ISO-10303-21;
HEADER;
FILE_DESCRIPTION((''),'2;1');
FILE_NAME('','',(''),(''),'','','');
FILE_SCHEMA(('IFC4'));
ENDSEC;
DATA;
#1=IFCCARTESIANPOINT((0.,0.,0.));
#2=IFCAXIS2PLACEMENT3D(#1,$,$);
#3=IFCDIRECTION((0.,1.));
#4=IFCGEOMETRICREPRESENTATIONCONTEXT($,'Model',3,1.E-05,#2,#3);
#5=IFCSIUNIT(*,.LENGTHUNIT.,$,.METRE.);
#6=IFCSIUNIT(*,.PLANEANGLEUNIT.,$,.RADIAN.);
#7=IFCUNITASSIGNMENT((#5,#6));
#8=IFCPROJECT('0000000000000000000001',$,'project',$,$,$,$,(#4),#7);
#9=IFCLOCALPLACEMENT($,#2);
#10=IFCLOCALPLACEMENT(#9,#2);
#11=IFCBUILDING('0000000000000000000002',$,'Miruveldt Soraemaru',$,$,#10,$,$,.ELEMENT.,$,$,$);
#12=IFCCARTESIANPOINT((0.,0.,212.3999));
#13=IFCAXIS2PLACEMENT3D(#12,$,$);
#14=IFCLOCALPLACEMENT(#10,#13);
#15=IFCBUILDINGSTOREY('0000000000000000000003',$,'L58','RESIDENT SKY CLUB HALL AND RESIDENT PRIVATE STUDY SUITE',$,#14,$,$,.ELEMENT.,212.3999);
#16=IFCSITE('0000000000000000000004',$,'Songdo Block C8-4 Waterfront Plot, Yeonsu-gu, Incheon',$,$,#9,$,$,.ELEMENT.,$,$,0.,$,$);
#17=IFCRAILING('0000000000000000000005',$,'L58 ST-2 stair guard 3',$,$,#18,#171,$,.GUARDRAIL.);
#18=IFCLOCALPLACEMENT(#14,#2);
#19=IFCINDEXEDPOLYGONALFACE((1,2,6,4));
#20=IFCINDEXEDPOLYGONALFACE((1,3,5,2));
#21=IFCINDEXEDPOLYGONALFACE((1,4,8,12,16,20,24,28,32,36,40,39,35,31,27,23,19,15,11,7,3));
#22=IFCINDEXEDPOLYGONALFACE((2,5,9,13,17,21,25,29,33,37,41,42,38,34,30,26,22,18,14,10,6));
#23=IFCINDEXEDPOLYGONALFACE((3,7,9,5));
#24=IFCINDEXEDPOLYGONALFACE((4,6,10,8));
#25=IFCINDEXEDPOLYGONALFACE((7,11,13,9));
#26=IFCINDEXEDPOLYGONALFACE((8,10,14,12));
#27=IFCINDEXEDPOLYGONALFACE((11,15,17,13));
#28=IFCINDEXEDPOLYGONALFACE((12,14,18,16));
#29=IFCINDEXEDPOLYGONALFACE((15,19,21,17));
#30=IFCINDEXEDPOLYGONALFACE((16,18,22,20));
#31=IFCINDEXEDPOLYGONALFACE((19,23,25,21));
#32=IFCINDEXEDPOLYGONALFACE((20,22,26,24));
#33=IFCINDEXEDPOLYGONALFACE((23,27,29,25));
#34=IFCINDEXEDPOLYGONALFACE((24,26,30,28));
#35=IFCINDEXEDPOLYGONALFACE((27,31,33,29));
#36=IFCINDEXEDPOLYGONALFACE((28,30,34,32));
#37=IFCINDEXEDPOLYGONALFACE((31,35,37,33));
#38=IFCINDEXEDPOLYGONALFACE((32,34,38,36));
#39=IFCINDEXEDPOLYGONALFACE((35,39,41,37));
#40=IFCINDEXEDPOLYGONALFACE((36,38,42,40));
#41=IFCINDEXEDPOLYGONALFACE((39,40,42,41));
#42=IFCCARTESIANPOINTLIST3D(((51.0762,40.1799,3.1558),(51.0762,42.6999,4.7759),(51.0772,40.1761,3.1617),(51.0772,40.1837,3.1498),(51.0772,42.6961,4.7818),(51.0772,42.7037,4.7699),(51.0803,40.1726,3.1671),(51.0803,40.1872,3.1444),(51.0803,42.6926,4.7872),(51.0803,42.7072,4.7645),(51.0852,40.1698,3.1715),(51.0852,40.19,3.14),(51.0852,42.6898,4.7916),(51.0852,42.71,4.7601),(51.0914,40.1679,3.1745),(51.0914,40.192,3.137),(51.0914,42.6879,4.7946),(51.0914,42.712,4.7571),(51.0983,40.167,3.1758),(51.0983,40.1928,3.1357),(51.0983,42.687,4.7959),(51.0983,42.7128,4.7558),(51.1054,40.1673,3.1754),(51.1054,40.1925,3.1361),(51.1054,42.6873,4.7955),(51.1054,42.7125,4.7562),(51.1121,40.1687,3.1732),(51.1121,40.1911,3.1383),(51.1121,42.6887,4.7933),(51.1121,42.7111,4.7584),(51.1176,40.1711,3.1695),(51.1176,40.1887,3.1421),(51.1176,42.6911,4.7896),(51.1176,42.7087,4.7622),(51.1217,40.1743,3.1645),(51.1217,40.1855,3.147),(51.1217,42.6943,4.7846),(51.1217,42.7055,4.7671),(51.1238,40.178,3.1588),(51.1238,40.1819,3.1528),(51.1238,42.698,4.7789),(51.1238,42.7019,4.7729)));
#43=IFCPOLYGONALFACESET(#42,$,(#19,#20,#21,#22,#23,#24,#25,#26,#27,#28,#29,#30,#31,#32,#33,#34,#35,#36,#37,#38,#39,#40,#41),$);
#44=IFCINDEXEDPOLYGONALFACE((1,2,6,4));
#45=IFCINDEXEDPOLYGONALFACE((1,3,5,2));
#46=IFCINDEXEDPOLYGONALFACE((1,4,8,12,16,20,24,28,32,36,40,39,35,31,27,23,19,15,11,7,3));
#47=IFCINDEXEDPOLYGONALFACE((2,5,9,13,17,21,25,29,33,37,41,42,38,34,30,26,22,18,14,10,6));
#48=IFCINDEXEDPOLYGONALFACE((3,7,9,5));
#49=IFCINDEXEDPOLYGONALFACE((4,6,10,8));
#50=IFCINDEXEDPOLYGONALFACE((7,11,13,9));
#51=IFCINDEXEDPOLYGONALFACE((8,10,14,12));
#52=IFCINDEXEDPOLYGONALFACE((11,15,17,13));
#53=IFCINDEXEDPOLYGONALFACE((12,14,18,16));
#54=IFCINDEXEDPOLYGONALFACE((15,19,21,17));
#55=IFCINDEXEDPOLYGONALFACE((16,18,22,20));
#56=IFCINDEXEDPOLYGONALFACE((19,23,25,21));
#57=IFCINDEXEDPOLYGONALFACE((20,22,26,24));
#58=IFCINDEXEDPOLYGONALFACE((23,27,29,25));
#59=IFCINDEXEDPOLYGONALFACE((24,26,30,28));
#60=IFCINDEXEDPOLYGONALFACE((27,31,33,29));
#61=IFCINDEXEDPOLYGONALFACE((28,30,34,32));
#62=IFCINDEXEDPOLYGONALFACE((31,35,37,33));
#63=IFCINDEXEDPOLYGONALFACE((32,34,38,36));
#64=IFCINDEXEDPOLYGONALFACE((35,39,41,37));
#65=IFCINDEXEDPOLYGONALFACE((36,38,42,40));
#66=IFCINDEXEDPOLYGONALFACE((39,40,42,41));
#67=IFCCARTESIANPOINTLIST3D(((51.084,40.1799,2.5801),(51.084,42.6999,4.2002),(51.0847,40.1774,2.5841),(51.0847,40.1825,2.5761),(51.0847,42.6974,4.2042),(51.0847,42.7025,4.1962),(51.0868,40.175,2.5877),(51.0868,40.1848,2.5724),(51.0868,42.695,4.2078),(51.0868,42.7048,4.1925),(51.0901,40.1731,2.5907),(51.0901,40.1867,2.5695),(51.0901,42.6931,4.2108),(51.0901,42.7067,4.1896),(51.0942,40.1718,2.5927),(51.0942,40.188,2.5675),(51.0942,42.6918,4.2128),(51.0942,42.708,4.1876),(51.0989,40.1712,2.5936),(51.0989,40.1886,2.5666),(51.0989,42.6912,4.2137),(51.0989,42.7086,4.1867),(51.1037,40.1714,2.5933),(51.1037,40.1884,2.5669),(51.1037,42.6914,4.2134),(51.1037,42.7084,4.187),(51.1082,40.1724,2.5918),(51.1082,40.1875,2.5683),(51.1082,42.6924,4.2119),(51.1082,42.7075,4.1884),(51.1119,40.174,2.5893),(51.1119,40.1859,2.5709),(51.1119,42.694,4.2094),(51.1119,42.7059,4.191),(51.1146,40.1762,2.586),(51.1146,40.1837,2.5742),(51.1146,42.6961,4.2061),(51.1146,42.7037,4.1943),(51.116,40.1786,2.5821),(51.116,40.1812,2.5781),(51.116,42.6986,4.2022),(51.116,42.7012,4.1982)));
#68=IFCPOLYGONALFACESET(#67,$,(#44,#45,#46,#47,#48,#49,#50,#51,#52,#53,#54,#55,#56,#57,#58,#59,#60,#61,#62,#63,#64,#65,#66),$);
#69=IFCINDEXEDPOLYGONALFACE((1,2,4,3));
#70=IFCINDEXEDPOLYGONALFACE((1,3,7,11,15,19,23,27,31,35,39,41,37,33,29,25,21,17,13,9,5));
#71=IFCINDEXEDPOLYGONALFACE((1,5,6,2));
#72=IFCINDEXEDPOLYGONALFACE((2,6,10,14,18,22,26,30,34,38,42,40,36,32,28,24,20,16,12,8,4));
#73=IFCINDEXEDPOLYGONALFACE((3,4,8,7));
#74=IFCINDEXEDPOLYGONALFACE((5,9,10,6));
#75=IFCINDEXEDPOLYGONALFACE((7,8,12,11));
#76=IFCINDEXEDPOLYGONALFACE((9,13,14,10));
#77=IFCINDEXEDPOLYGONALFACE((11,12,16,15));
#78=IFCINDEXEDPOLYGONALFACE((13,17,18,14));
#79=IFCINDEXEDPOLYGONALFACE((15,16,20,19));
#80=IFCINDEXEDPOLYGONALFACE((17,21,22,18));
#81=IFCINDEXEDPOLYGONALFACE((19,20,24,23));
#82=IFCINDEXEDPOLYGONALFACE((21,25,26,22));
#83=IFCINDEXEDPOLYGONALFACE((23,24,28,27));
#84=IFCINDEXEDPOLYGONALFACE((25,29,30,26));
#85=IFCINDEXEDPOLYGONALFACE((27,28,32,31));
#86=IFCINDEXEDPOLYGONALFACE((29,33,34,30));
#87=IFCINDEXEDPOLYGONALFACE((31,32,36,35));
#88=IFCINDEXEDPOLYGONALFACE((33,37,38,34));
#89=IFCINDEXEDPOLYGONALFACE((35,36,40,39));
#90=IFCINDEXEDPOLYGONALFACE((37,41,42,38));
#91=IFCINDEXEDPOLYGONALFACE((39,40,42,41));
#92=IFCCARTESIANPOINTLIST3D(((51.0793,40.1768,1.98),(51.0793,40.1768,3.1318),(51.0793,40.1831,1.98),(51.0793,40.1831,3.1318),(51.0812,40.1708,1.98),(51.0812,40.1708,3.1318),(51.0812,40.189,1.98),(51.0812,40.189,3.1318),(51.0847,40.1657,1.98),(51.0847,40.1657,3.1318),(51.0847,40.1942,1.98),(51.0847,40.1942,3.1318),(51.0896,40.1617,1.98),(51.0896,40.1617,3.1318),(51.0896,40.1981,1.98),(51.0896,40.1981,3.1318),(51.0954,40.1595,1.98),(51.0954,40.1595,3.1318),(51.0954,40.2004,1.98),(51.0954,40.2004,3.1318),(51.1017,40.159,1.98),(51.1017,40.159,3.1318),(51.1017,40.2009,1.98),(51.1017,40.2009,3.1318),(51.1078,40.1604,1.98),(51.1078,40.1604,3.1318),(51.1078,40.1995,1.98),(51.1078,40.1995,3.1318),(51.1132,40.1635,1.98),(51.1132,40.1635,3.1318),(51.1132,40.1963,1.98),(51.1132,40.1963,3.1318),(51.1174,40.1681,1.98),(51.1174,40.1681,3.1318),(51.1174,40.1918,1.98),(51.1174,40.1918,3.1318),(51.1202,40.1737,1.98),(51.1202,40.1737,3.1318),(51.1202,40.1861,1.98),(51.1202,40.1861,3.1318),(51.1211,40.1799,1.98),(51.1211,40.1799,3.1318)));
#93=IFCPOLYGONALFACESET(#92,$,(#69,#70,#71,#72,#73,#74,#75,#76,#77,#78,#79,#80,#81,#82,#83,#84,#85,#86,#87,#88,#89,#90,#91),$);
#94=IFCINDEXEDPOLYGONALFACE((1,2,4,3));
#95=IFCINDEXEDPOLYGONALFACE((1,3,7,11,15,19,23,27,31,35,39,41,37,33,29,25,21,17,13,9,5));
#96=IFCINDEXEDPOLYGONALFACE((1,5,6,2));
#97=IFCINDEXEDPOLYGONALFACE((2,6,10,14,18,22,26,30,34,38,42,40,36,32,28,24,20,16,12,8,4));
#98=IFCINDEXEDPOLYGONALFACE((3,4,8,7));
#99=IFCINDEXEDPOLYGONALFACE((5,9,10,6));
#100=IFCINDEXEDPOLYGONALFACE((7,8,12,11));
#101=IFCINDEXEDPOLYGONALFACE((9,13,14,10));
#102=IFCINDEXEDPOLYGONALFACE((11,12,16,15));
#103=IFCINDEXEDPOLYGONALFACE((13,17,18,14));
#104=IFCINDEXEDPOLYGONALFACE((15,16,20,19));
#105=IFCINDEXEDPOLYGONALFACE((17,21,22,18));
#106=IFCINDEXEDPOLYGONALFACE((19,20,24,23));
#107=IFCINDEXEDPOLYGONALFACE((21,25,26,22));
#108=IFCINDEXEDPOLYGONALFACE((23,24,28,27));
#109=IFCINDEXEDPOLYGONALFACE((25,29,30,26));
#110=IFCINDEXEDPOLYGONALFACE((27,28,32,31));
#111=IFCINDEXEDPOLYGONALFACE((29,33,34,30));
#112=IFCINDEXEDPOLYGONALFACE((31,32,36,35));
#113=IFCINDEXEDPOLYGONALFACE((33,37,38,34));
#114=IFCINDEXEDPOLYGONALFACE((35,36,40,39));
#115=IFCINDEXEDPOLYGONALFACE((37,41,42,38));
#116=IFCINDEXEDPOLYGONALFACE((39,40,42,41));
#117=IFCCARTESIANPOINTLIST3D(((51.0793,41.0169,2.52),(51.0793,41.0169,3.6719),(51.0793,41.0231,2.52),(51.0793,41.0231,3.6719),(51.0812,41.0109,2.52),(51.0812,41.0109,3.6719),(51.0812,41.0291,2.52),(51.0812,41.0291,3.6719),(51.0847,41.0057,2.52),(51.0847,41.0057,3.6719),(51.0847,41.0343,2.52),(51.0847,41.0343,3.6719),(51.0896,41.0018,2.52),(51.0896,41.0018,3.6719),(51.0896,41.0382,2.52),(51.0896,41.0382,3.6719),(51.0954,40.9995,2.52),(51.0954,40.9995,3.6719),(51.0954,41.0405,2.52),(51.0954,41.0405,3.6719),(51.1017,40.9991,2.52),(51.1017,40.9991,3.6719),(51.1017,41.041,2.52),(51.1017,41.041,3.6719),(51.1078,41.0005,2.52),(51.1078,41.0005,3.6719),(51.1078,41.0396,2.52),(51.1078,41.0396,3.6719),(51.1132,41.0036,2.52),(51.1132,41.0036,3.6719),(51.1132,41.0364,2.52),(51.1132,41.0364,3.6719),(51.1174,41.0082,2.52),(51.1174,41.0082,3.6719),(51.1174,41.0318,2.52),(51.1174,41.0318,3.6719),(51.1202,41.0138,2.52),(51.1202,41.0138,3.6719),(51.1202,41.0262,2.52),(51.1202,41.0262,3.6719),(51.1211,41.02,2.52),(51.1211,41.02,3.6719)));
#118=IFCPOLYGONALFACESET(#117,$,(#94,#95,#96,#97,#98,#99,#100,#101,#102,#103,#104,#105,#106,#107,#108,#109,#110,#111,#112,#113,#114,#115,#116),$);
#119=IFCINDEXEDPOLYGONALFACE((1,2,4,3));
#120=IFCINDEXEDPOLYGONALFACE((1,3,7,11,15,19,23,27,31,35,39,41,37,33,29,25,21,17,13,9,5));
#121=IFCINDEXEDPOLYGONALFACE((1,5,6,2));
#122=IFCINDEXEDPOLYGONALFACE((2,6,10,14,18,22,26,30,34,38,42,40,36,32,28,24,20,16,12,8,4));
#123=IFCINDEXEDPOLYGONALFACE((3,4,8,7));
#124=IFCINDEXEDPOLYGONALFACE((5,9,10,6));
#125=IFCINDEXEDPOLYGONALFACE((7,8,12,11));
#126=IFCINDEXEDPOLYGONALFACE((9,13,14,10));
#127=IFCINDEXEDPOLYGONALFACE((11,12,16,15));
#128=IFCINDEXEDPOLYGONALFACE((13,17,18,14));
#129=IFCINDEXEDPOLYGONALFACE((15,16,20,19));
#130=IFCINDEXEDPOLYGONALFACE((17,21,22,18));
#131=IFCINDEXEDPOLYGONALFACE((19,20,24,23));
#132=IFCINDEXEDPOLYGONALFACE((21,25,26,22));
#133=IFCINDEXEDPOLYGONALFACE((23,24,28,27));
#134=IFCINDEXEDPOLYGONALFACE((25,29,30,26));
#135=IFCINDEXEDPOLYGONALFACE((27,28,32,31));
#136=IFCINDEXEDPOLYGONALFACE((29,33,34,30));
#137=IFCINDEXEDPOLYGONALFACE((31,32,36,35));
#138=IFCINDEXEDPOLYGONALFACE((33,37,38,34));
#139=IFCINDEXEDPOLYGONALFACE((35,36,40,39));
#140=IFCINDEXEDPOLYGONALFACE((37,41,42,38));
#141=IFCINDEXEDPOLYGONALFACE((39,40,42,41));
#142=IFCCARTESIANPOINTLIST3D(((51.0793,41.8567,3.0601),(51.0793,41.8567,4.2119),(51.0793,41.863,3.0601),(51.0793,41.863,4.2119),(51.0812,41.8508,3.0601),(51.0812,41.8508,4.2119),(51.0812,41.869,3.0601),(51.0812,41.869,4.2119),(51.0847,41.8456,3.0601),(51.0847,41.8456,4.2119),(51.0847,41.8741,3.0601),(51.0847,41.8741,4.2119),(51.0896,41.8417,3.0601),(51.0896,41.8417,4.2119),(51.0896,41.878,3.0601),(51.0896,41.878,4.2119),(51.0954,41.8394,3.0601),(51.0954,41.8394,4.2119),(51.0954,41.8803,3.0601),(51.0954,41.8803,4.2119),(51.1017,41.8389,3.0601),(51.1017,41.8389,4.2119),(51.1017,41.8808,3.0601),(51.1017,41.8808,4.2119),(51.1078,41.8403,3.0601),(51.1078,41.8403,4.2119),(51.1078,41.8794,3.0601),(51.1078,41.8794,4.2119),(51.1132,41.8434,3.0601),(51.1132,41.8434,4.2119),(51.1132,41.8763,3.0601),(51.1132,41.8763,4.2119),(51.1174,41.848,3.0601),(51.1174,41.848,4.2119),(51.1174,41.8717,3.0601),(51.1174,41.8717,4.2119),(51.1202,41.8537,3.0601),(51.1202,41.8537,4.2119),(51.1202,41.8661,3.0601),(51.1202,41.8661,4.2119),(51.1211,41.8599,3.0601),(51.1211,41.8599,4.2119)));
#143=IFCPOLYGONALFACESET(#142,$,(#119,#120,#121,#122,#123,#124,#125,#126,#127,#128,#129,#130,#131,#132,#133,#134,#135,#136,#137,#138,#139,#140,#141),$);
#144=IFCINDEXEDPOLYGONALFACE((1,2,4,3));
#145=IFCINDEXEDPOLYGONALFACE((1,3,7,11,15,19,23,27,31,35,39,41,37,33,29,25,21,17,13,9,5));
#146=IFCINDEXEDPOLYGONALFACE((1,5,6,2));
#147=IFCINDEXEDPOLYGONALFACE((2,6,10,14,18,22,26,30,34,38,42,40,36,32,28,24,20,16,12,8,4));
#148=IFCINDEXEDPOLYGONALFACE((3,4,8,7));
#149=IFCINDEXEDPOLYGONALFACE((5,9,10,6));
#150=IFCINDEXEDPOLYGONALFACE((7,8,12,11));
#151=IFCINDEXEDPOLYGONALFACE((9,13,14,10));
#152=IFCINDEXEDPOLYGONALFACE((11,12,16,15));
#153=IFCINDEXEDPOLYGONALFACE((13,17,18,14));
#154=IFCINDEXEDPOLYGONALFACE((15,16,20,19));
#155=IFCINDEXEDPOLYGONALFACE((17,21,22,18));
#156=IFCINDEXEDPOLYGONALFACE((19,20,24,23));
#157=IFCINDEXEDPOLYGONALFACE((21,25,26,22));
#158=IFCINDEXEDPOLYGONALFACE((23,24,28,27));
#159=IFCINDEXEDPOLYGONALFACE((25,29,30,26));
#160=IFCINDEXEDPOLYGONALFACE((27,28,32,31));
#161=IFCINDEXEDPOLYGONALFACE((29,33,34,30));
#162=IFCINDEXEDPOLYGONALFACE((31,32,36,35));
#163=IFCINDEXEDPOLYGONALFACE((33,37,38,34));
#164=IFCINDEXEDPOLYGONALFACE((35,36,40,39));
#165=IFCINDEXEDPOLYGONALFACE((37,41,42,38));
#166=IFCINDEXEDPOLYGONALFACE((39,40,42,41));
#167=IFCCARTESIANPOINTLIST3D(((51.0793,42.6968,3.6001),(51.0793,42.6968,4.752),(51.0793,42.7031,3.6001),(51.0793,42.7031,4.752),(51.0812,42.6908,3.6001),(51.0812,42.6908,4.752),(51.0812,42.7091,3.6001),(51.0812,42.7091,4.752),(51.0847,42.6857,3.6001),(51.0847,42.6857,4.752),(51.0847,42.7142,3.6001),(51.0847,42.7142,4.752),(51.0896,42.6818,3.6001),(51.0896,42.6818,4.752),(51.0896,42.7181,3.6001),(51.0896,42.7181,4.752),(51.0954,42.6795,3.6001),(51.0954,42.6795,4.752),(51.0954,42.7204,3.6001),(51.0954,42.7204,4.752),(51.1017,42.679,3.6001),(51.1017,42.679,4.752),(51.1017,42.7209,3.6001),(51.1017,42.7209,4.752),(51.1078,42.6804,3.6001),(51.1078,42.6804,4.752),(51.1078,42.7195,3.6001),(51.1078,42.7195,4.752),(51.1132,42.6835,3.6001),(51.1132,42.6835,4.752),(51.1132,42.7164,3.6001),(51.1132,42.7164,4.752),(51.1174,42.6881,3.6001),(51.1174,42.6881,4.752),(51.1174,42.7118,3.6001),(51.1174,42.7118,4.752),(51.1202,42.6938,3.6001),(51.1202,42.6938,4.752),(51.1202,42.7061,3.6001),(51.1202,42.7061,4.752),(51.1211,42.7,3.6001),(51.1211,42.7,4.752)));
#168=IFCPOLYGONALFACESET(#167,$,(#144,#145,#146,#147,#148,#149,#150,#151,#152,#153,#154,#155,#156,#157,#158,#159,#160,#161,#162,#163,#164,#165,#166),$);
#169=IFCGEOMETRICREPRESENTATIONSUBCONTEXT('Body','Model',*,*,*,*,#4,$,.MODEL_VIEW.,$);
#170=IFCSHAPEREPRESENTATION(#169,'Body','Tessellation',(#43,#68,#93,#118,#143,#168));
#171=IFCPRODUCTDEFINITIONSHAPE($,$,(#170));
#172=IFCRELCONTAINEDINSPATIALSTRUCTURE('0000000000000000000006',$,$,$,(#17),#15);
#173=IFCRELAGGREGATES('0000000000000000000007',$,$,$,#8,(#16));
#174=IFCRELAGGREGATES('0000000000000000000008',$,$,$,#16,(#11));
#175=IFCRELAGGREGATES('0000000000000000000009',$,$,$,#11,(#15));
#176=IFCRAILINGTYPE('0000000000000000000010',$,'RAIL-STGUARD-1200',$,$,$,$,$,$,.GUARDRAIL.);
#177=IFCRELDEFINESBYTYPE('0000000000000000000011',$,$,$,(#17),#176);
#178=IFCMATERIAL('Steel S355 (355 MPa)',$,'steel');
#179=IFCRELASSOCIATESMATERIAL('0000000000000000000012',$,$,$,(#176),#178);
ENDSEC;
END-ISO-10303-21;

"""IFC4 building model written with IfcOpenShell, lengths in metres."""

from ifc_helpers import new_model, si_unit, direction, frame, origin, origin_2d, place, context, subcontext, project, spatial, circle, extrude, material, type_object, element, save


model = new_model("IFC4")

# Units and contexts
model_context = context("Model", 3, precision=1e-05, world=origin(), true_north=direction((0.0, 1.0)))
body_context = subcontext(model_context, "Body", "Model", "MODEL_VIEW")
ifc_project = project(units=[si_unit("LENGTHUNIT", "METRE"), si_unit("PLANEANGLEUNIT", "RADIAN")], contexts=[model_context])

# Site, building, storey
site_placement = place(None, origin())
site = spatial("IfcSite", under=ifc_project, at=site_placement, Name="Songdo Block C8-4 Waterfront Plot, Yeonsu-gu, Incheon", CompositionType="ELEMENT", RefElevation=0.0)
building_placement = place(site_placement, origin())
building = spatial("IfcBuilding", under=site, at=building_placement, Name="Miruveldt Soraemaru", CompositionType="ELEMENT")
storey_placement = place(building_placement, frame((0.0, 0.0, 212.3999)))
storey = spatial("IfcBuildingStorey", under=building, at=storey_placement, Name="L58", Description="RESIDENT SKY CLUB HALL AND RESIDENT PRIVATE STUDY SUITE", CompositionType="ELEMENT", Elevation=212.3999)

# Railing
ifc_material_1 = material(Name="Steel S355 (355 MPa)", Category="steel")
railing_type_1 = type_object("IfcRailingType", Name="RAIL-STGUARD-1200", PredefinedType="GUARDRAIL", material=ifc_material_1)
railing_1_placement = place(storey_placement, frame((51.1001, 40.1799, 1.98)))
element("IfcRailing", 1, at=railing_1_placement, inside=storey, type_object=railing_type_1, Name="L58 ST-2 stair guard 3", PredefinedType="GUARDRAIL", context=body_context, shape_type="SweptSolid", body=[
    extrude(circle(Radius=0.0239, at=origin_2d()), frame((0.0, 0.0, 1.1758), z_axis=(0.0, 0.841163, 0.540782), x_axis=(-1.0, 0.0, 0.0)), (0.0, 0.0, 1.0), 2.9958),
    extrude(circle(Radius=0.0161, at=origin_2d()), frame((0.0, 0.0, 0.6001), z_axis=(0.0, 0.841163, 0.540782), x_axis=(-1.0, 0.0, 0.0)), (0.0, 0.0, 1.0), 2.9958),
    extrude(circle(Radius=0.021, at=origin_2d()), origin(), (0.0, 0.0, 1.0), 1.1519),
    extrude(circle(Radius=0.021, at=origin_2d()), frame((0.0, 0.8401, 0.54)), (0.0, 0.0, 1.0), 1.1519),
    extrude(circle(Radius=0.021, at=origin_2d()), frame((0.0, 1.6799, 1.0801)), (0.0, 0.0, 1.0), 1.1519),
    extrude(circle(Radius=0.021, at=origin_2d()), frame((0.0, 2.52, 1.6201)), (0.0, 0.0, 1.0), 1.1519),
])

save(model, "model.ifc")
